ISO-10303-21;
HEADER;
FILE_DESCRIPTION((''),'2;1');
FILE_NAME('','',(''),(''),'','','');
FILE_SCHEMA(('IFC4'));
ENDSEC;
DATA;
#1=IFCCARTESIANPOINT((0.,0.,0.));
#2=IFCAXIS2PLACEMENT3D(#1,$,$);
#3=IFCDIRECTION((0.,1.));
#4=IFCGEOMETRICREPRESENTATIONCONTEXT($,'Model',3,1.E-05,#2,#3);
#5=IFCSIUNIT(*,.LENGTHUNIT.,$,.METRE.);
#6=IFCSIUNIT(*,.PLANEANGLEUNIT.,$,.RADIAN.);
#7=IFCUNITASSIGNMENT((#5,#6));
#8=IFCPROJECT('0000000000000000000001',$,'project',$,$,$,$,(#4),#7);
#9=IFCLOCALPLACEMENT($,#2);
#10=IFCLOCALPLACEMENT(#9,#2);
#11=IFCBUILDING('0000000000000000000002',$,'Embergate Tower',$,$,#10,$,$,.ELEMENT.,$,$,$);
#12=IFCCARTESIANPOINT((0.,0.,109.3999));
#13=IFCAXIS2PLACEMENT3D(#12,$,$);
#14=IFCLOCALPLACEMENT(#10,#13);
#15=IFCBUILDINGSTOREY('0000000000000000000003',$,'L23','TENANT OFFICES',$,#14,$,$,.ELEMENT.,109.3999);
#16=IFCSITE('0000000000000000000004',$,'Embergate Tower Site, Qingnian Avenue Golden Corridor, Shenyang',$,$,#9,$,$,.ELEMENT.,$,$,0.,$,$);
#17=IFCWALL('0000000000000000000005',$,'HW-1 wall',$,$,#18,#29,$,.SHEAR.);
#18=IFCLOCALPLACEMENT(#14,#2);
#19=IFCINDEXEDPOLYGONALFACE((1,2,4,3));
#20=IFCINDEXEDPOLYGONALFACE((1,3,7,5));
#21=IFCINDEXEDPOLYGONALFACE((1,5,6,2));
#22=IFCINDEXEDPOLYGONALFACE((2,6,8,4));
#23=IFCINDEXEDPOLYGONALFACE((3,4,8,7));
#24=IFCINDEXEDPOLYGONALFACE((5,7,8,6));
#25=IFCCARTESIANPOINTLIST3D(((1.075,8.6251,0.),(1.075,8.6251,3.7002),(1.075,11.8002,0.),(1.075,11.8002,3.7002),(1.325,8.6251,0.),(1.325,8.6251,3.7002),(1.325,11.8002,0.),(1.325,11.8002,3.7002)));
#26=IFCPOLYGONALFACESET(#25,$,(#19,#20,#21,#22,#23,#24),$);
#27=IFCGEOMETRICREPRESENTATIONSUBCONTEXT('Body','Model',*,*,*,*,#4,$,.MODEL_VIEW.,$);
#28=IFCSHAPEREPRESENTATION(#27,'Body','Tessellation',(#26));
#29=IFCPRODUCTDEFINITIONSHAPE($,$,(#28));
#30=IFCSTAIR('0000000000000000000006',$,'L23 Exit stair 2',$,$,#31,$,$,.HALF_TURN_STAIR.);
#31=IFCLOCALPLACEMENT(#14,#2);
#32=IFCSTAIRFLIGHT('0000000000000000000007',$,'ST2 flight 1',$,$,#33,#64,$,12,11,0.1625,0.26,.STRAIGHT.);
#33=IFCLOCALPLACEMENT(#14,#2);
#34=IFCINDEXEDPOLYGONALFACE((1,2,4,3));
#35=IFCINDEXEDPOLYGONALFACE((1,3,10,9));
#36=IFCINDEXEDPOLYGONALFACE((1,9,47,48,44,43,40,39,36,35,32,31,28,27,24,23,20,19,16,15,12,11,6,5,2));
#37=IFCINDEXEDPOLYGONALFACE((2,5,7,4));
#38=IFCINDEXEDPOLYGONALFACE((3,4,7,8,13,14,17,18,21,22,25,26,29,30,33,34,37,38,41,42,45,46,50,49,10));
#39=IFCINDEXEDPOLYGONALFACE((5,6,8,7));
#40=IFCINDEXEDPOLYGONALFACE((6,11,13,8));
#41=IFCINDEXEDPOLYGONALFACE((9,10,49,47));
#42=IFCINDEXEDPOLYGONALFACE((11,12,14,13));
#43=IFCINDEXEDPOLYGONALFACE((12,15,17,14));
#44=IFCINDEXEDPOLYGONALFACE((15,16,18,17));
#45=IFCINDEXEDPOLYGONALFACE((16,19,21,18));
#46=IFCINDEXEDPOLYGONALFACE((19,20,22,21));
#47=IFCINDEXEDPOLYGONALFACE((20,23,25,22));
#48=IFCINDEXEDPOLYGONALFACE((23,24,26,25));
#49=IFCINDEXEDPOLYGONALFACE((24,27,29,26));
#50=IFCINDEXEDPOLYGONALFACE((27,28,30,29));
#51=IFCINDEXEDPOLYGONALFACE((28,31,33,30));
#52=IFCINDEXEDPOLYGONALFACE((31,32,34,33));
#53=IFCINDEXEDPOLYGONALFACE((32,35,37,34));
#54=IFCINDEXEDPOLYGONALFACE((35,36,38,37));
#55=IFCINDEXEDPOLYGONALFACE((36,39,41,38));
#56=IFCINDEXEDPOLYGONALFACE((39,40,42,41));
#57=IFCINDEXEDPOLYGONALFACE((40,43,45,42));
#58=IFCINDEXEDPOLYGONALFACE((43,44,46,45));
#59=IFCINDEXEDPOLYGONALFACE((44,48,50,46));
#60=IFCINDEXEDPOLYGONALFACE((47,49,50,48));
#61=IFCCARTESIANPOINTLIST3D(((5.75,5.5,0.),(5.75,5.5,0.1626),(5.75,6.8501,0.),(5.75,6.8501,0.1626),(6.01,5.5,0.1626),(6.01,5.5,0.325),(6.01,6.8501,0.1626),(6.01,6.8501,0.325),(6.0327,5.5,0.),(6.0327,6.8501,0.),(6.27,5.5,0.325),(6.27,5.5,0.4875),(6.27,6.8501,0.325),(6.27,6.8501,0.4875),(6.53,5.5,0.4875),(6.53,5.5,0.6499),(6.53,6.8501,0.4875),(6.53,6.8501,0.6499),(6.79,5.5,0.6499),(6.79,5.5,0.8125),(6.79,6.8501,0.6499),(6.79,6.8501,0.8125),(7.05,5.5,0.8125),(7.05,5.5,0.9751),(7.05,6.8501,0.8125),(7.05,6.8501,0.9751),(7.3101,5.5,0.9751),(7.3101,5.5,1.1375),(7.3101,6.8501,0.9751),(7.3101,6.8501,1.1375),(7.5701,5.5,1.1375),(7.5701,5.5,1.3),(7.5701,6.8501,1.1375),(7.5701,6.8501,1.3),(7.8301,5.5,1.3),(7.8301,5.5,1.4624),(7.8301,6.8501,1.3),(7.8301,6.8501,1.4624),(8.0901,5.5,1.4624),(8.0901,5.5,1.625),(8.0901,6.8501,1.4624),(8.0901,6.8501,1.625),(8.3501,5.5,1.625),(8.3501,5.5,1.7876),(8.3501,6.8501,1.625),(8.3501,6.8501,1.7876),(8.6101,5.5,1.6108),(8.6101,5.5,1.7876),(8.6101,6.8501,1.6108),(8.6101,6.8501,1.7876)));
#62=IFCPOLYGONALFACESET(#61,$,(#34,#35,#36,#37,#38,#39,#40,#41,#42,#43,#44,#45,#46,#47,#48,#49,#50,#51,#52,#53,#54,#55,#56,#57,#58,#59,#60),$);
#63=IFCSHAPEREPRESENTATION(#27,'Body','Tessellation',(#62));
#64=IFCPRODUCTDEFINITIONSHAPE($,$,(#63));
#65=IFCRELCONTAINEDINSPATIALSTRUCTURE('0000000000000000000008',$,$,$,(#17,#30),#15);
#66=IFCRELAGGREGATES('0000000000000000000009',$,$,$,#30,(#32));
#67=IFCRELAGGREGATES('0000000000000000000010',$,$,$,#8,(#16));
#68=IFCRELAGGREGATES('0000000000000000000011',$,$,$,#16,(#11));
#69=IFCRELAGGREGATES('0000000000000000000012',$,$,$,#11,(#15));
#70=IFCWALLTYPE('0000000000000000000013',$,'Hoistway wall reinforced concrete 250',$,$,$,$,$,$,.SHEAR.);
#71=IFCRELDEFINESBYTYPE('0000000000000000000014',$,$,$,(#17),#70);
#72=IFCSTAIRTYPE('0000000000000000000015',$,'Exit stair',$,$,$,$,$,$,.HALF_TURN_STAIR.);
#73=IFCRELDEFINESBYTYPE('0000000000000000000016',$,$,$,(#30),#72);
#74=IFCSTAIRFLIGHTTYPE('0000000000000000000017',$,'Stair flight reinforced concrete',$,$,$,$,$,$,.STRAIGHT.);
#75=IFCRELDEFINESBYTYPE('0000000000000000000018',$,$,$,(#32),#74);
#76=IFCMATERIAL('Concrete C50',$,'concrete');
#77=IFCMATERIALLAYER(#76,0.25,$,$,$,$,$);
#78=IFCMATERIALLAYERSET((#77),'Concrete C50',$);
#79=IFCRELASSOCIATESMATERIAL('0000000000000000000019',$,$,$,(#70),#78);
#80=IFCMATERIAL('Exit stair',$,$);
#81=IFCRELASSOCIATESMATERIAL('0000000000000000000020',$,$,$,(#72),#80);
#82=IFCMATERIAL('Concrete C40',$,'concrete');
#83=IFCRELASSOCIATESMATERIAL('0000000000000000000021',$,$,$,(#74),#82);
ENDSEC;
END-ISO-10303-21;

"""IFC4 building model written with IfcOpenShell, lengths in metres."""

from ifc_helpers import new_model, si_unit, direction, frame, frame_2d, origin, place, context, subcontext, project, spatial, polyline, rectangle, outline, extrude, source, transform, mapped, material, layer, layer_set, type_object, element, aggregate, save


model = new_model("IFC4")

# Units and contexts
model_context = context("Model", 3, precision=1e-05, world=origin(), true_north=direction((0.0, 1.0)))
body_context = subcontext(model_context, "Body", "Model", "MODEL_VIEW")
ifc_project = project(units=[si_unit("LENGTHUNIT", "METRE"), si_unit("PLANEANGLEUNIT", "RADIAN")], contexts=[model_context])

# Site, building, storey
site_placement = place(None, origin())
site = spatial("IfcSite", under=ifc_project, at=site_placement, Name="Embergate Tower Site, Qingnian Avenue Golden Corridor, Shenyang", CompositionType="ELEMENT", RefElevation=0.0)
building_placement = place(site_placement, origin())
building = spatial("IfcBuilding", under=site, at=building_placement, Name="Embergate Tower", CompositionType="ELEMENT")
storey_placement = place(building_placement, frame((0.0, 0.0, 109.3999)))
storey = spatial("IfcBuildingStorey", under=building, at=storey_placement, Name="L23", Description="TENANT OFFICES", CompositionType="ELEMENT", Elevation=109.3999)

# Shared definitions
ifc_material_1 = material(Name="Concrete C50", Category="concrete")
ifc_layer_1 = layer(ifc_material_1, 0.25)
ifc_layer_set_1 = layer_set([ifc_layer_1], Name="Concrete C50")
wall_type_1 = type_object("IfcWallType", Name="Hoistway wall reinforced concrete 250", PredefinedType="SHEAR", material=ifc_layer_set_1)

# Wall
shared_shape_1 = source(origin(), body_context, "Body", "SweptSolid", [
    extrude(rectangle(XDim=3.175, YDim=0.25, at=frame_2d((1.5874, 0.0))), origin(), (0.0, 0.0, 1.0), 3.7002),
])
wall_1_placement = place(storey_placement, frame((1.2, 11.8, 0.0), z_axis=(0.0, 0.0, 1.0), x_axis=(0.0, -1.0, 0.0)))
element("IfcWall", 1, at=wall_1_placement, inside=storey, type_object=wall_type_1, Name="HW-1 wall", PredefinedType="SHEAR", context=body_context, shape_type="MappedRepresentation", body=[
    mapped(shared_shape_1, transform((0.0, 0.0, 0.0))),
])

# Stair, stair flight
ifc_material_2 = material(Name="Exit stair")
stair_type = type_object("IfcStairType", Name="Exit stair", PredefinedType="HALF_TURN_STAIR", material=ifc_material_2)
stair_placement = place(storey_placement, origin())
stair = element("IfcStair", 2, at=stair_placement, inside=storey, type_object=stair_type, Name="L23 Exit stair 2", PredefinedType="HALF_TURN_STAIR")
ifc_material_3 = material(Name="Concrete C40", Category="concrete")
stair_flight_type = type_object("IfcStairFlightType", Name="Stair flight reinforced concrete", PredefinedType="STRAIGHT", material=ifc_material_3)
shared_shape_2 = source(origin(), body_context, "Body", "SweptSolid", [
    extrude(outline(polyline([(0.0, 0.0), (0.0, 0.1626), (0.26, 0.1626), (0.26, 0.325), (0.52, 0.325), (0.52, 0.4875), (0.78, 0.4875), (0.78, 0.6499), (1.04, 0.6499), (1.04, 0.8125), (1.3, 0.8125), (1.3, 0.9751), (1.5601, 0.9751), (1.5601, 1.1375), (1.8201, 1.1375), (1.8201, 1.3), (2.0801, 1.3), (2.0801, 1.4624), (2.3401, 1.4624), (2.3401, 1.625), (2.6001, 1.625), (2.6001, 1.7876), (2.8601, 1.7876), (2.8601, 1.95), (2.8601, 1.6108), (0.2827, 0.0), (0.0, 0.0)])), frame((0.0, 0.675, 0.0), z_axis=(0.0, -1.0, 0.0), x_axis=(1.0, 0.0, 0.0)), (0.0, 0.0, 1.0), 1.3501),
])
stair_flight_placement = place(storey_placement, frame((5.75, 6.175, 0.0), z_axis=(0.0, 0.0, 1.0), x_axis=(1.0, 0.0, 0.0)))
stair_flight = element("IfcStairFlight", 3, at=stair_flight_placement, type_object=stair_flight_type, Name="ST2 flight 1", NumberOfRisers=12, NumberOfTreads=11, PredefinedType="STRAIGHT", RiserHeight=0.1625, TreadLength=0.26, context=body_context, shape_type="MappedRepresentation", body=[
    mapped(shared_shape_2, transform((0.0, 0.0, 0.0))),
])
aggregate(stair, [stair_flight])

save(model, "model.ifc")
